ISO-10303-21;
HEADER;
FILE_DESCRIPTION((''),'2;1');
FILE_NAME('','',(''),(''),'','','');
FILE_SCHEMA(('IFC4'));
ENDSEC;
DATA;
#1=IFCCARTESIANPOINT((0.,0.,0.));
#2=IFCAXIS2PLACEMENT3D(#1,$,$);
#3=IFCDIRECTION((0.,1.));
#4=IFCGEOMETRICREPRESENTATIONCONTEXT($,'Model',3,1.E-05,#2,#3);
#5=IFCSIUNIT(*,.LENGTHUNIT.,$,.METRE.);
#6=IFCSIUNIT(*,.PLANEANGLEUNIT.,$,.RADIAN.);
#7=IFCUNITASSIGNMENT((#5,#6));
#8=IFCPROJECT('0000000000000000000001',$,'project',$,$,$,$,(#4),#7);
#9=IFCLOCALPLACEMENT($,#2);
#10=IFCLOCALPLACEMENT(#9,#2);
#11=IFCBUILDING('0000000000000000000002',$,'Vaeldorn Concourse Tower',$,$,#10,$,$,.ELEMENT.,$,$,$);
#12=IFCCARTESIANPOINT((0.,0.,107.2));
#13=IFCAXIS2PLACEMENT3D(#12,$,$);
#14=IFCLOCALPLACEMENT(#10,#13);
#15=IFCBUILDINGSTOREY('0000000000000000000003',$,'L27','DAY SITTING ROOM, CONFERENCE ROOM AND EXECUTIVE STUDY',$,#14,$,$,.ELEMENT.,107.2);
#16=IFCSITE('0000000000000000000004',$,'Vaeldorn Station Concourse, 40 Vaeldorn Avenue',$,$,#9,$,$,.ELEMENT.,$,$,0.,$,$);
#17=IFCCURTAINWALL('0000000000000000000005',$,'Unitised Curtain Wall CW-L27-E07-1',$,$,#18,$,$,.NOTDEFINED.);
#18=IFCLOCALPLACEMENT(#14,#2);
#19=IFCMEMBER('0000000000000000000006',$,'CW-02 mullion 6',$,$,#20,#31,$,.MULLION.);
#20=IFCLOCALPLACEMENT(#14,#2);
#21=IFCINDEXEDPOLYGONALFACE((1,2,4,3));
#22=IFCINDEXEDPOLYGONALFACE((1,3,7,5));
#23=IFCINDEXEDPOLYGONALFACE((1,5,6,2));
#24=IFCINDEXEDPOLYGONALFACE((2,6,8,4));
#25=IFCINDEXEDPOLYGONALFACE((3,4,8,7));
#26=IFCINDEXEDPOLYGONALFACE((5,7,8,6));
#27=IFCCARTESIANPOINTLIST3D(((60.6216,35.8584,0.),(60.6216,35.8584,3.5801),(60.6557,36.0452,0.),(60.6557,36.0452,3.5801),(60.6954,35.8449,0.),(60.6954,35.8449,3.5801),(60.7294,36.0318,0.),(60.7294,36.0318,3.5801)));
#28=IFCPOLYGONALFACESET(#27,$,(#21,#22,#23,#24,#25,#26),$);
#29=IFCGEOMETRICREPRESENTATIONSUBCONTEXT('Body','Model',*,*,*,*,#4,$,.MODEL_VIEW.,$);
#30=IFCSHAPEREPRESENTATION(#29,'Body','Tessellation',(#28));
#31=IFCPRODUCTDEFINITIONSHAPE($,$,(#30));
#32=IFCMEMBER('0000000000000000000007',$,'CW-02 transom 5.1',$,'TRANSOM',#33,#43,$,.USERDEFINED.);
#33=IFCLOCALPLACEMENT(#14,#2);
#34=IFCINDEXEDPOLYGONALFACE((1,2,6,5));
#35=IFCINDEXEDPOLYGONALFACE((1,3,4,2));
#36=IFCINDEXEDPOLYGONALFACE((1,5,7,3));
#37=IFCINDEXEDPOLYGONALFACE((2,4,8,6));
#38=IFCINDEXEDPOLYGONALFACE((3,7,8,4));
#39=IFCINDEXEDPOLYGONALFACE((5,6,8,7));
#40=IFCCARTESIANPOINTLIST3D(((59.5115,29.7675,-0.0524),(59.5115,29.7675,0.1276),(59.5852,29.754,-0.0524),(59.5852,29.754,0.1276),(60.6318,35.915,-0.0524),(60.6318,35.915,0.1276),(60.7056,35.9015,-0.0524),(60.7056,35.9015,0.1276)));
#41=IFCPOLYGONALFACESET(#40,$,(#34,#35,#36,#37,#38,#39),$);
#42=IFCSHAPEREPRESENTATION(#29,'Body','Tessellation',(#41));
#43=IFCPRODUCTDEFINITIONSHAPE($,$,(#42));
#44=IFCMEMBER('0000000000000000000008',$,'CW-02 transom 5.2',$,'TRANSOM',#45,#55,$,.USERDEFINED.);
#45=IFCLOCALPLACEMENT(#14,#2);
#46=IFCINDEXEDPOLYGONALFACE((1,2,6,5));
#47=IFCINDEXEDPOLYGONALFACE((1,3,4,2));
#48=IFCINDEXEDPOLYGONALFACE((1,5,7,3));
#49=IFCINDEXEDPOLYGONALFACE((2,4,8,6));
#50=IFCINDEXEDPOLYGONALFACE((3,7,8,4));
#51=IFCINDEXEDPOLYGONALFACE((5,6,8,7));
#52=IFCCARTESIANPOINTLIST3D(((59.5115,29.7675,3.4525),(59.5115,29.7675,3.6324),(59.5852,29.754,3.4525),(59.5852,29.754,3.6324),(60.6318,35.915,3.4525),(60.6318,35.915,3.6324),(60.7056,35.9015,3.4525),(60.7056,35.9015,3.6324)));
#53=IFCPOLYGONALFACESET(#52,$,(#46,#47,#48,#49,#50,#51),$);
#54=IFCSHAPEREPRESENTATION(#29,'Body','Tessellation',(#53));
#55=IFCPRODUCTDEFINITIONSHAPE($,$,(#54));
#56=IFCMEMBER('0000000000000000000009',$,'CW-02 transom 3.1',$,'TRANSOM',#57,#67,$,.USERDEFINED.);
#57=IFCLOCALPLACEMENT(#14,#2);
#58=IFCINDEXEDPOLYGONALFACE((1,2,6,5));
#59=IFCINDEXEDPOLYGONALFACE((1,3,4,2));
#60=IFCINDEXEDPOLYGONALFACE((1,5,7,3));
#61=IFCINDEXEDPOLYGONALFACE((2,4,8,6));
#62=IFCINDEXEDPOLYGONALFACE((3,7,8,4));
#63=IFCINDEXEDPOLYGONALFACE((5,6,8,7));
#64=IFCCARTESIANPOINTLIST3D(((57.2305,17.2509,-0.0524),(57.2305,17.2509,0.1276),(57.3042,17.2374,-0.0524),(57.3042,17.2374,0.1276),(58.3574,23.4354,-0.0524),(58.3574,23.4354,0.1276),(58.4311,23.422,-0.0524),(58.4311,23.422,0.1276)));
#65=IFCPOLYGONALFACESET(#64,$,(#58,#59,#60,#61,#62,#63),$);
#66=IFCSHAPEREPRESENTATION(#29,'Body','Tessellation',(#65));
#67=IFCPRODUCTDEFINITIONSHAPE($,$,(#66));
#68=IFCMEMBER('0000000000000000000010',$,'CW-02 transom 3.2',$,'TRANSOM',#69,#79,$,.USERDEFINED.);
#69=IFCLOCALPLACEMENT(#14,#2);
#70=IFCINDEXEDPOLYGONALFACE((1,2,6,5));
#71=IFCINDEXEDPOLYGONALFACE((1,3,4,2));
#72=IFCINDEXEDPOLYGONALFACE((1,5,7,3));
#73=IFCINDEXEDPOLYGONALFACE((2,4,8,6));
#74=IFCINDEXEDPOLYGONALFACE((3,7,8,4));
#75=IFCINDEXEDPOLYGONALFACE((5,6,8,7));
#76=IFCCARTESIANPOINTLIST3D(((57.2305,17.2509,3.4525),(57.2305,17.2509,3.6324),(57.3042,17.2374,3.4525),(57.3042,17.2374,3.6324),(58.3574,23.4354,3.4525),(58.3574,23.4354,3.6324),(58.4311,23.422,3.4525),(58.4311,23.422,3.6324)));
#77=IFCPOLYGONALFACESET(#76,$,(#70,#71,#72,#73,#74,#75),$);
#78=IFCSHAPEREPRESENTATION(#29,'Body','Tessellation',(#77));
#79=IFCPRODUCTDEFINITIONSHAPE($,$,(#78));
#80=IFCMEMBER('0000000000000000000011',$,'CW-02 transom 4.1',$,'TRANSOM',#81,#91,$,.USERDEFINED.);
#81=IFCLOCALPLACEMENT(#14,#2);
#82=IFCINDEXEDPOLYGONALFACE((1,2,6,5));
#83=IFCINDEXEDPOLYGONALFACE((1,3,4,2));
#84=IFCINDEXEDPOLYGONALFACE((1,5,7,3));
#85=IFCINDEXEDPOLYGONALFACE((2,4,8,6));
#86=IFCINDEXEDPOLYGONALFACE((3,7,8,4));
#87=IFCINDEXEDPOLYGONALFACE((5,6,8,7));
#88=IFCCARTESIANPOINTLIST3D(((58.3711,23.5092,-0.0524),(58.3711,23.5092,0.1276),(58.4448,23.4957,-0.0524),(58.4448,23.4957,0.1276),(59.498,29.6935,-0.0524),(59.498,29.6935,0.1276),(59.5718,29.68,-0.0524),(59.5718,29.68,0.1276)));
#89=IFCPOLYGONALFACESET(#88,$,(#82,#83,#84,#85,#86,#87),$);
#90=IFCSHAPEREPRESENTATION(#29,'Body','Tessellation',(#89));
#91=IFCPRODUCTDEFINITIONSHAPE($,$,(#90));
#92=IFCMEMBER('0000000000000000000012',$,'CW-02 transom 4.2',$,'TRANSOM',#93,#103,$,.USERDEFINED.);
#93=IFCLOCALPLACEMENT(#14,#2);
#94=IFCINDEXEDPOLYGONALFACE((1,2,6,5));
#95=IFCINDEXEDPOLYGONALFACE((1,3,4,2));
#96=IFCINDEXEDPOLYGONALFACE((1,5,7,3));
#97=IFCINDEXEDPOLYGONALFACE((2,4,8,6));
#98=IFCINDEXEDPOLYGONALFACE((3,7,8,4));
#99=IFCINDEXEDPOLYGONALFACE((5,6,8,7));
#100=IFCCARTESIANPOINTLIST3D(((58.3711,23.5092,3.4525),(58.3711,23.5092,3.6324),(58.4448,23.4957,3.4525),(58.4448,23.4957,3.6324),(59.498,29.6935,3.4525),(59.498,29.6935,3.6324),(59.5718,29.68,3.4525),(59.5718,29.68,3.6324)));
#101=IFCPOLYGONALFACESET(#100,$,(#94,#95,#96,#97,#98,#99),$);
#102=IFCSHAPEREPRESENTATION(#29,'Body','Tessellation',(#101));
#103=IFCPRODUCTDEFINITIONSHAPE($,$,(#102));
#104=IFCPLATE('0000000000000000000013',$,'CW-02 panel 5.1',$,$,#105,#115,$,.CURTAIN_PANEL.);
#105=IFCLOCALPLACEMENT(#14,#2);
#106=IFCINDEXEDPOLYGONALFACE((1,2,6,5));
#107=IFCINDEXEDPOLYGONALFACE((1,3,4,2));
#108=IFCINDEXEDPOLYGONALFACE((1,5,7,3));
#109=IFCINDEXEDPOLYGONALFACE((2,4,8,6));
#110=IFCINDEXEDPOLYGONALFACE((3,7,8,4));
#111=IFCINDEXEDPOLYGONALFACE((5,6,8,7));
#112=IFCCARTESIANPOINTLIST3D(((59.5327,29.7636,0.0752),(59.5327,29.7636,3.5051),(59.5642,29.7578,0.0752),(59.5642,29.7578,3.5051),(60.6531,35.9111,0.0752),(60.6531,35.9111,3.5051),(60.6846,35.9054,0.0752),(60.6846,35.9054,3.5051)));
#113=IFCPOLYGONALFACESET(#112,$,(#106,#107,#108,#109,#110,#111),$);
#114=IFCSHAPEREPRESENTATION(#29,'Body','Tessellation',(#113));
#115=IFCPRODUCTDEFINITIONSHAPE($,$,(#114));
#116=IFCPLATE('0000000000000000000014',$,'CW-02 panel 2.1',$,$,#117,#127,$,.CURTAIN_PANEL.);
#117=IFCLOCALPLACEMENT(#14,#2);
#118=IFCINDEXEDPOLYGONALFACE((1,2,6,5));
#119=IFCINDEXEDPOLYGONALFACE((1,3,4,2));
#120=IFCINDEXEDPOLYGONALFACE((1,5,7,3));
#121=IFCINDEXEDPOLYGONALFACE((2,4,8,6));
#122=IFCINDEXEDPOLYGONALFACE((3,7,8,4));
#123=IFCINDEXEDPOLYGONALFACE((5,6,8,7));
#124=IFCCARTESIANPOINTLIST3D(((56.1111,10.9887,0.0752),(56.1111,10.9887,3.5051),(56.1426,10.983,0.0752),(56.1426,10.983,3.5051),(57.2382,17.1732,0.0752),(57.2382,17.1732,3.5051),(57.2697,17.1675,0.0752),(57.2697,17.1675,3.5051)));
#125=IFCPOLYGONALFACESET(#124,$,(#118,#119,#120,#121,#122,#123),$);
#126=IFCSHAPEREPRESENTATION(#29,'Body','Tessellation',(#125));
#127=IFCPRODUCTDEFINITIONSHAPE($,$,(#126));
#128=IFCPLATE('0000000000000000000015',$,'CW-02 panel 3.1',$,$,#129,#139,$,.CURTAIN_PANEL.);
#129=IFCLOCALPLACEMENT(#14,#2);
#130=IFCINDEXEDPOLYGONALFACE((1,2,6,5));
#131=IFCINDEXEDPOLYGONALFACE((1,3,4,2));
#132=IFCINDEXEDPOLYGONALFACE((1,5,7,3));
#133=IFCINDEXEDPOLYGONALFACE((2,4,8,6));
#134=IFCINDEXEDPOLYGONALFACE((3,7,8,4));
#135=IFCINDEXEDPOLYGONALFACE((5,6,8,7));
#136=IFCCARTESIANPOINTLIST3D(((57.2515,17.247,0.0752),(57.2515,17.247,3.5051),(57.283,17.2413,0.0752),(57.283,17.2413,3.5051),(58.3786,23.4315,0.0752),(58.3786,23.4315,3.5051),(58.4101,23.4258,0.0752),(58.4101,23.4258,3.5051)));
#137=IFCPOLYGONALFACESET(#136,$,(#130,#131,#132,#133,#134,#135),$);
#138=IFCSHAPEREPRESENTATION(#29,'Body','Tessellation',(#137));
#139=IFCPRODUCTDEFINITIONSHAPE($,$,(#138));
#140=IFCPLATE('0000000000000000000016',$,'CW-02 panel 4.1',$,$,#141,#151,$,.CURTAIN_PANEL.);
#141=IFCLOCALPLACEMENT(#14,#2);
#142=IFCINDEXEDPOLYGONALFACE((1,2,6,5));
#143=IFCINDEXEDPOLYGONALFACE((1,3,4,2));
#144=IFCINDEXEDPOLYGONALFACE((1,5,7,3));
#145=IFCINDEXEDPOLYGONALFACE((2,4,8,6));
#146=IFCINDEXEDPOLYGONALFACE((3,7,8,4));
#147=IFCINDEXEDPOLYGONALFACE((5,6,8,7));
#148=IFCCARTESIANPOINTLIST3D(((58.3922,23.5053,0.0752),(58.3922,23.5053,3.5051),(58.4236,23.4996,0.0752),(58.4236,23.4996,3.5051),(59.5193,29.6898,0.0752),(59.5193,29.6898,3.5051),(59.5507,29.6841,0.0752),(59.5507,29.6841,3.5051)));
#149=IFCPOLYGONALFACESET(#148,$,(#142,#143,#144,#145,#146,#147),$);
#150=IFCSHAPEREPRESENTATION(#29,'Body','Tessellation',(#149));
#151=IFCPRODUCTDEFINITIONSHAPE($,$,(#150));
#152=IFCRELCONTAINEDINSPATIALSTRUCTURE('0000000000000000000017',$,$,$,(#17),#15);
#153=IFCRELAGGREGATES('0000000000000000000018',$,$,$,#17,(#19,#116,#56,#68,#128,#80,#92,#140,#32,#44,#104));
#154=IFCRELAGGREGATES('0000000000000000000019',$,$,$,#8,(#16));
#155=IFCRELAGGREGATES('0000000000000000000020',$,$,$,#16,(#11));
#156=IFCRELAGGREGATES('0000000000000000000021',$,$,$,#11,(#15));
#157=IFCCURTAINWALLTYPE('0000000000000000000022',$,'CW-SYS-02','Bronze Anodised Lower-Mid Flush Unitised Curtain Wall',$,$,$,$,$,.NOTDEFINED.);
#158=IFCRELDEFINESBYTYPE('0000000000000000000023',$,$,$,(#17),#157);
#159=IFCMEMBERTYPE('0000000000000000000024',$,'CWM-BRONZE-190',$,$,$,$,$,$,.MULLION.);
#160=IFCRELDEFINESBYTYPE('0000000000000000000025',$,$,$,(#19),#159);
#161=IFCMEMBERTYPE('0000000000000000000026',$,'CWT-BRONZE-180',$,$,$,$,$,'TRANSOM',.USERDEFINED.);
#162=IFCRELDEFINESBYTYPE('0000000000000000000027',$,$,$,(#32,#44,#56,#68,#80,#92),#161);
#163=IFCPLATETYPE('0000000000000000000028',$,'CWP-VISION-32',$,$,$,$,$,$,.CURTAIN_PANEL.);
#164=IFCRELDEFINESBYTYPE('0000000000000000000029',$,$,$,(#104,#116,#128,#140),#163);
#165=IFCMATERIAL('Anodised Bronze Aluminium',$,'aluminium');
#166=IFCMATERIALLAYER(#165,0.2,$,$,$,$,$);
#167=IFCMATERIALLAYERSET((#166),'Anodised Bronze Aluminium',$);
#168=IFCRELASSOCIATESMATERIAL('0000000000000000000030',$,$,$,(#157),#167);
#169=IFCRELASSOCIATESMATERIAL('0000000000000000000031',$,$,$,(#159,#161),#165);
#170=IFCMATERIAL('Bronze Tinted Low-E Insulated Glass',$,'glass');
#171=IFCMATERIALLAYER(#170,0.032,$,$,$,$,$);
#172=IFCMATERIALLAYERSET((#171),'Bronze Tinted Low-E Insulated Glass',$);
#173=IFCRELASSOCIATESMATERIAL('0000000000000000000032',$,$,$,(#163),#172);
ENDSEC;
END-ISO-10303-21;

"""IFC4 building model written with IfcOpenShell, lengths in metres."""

from ifc_helpers import new_model, si_unit, direction, frame, origin, origin_2d, place, context, subcontext, project, spatial, rectangle, extrude, source, transform, mapped, material, layer, layer_set, material_profile, profile_set, type_object, element, aggregate, save


model = new_model("IFC4")

# Units and contexts
model_context = context("Model", 3, precision=1e-05, world=origin(), true_north=direction((0.0, 1.0)))
body_context = subcontext(model_context, "Body", "Model", "MODEL_VIEW")
ifc_project = project(units=[si_unit("LENGTHUNIT", "METRE"), si_unit("PLANEANGLEUNIT", "RADIAN")], contexts=[model_context])

# Site, building, storey
site_placement = place(None, origin())
site = spatial("IfcSite", under=ifc_project, at=site_placement, Name="Vaeldorn Station Concourse, 40 Vaeldorn Avenue", CompositionType="ELEMENT", RefElevation=0.0)
building_placement = place(site_placement, origin())
building = spatial("IfcBuilding", under=site, at=building_placement, Name="Vaeldorn Concourse Tower", CompositionType="ELEMENT")
storey_placement = place(building_placement, frame((0.0, 0.0, 107.2)))
storey = spatial("IfcBuildingStorey", under=building, at=storey_placement, Name="L27", Description="DAY SITTING ROOM, CONFERENCE ROOM AND EXECUTIVE STUDY", CompositionType="ELEMENT", Elevation=107.2)

# Curtain wall, members, plates
ifc_material_1 = material(Name="Anodised Bronze Aluminium", Category="aluminium")
ifc_layer_1 = layer(ifc_material_1, 0.2)
ifc_layer_set_1 = layer_set([ifc_layer_1], Name="Anodised Bronze Aluminium")
curtain_wall_type = type_object("IfcCurtainWallType", Name="CW-SYS-02", Description="Bronze Anodised Lower-Mid Flush Unitised Curtain Wall", PredefinedType="NOTDEFINED", material=ifc_layer_set_1)
curtain_wall_placement = place(storey_placement, origin())
curtain_wall = element("IfcCurtainWall", 1, at=curtain_wall_placement, inside=storey, type_object=curtain_wall_type, Name="Unitised Curtain Wall CW-L27-E07-1", PredefinedType="NOTDEFINED")
ifc_material_profile_1 = material_profile(ifc_material_1, rectangle(XDim=0.075, YDim=0.1899, at=origin_2d()), Name="CWM 75x190")
ifc_profile_set_1 = profile_set([ifc_material_profile_1], Name="Anodised Bronze Aluminium")
member_type_1 = type_object("IfcMemberType", Name="CWM-BRONZE-190", PredefinedType="MULLION", material=ifc_profile_set_1)
shared_shape_1 = source(origin(), body_context, "Body", "SweptSolid", [
    extrude(rectangle(XDim=0.075, YDim=0.1899, at=origin_2d()), origin(), (0.0, 0.0, 1.0), 3.5801),
])
member_1_placement = place(storey_placement, frame((60.6755, 35.9451, 0.0), z_axis=(0.0, 0.0, 1.0), x_axis=(-0.983796, 0.179293, 0.0)))
member_1 = element("IfcMember", 2, at=member_1_placement, type_object=member_type_1, Name="CW-02 mullion 6", PredefinedType="MULLION", context=body_context, shape_type="MappedRepresentation", body=[
    mapped(shared_shape_1, transform((0.0, 0.0, 0.0), scale=1.0)),
])
ifc_material_profile_2 = material_profile(ifc_material_1, rectangle(XDim=0.075, YDim=0.1799, at=origin_2d()), Name="CWT 75x180")
ifc_profile_set_2 = profile_set([ifc_material_profile_2], Name="Anodised Bronze Aluminium")
member_type_2 = type_object("IfcMemberType", Name="CWT-BRONZE-180", ElementType="TRANSOM", PredefinedType="USERDEFINED", material=ifc_profile_set_2)
shared_shape_2 = source(origin(), body_context, "Body", "SweptSolid", [
    extrude(rectangle(XDim=0.075, YDim=0.1799, at=origin_2d()), origin(), (0.0, 0.0, 1.0), 6.2488),
])
member_2_placement = place(storey_placement, frame((59.5483, 29.7607, 0.0376), z_axis=(0.179295, 0.983795, 0.0), x_axis=(-0.983795, 0.179295, 0.0)))
member_2 = element("IfcMember", 3, at=member_2_placement, type_object=member_type_2, Name="CW-02 transom 5.1", ObjectType="TRANSOM", PredefinedType="USERDEFINED", context=body_context, shape_type="MappedRepresentation", body=[
    mapped(shared_shape_2, transform((0.0, 0.0, 0.0), scale=1.0)),
])
member_3_placement = place(storey_placement, frame((59.5483, 29.7607, 3.5425), z_axis=(0.179295, 0.983795, 0.0), x_axis=(-0.983795, 0.179295, 0.0)))
member_3 = element("IfcMember", 4, at=member_3_placement, type_object=member_type_2, Name="CW-02 transom 5.2", ObjectType="TRANSOM", PredefinedType="USERDEFINED", context=body_context, shape_type="MappedRepresentation", body=[
    mapped(shared_shape_2, transform((0.0, 0.0, 0.0), scale=1.0)),
])
shared_shape_3 = source(origin(), body_context, "Body", "SweptSolid", [
    extrude(rectangle(XDim=0.075, YDim=0.1799, at=origin_2d()), origin(), (0.0, 0.0, 1.0), 6.2864),
])
member_4_placement = place(storey_placement, frame((57.2673, 17.2441, 0.0376), z_axis=(0.179268, 0.9838, 0.0), x_axis=(-0.9838, 0.179268, 0.0)))
member_4 = element("IfcMember", 5, at=member_4_placement, type_object=member_type_2, Name="CW-02 transom 3.1", ObjectType="TRANSOM", PredefinedType="USERDEFINED", context=body_context, shape_type="MappedRepresentation", body=[
    mapped(shared_shape_3, transform((0.0, 0.0, 0.0), scale=1.0)),
])
member_5_placement = place(storey_placement, frame((57.2673, 17.2441, 3.5425), z_axis=(0.179268, 0.9838, 0.0), x_axis=(-0.9838, 0.179268, 0.0)))
member_5 = element("IfcMember", 6, at=member_5_placement, type_object=member_type_2, Name="CW-02 transom 3.2", ObjectType="TRANSOM", PredefinedType="USERDEFINED", context=body_context, shape_type="MappedRepresentation", body=[
    mapped(shared_shape_3, transform((0.0, 0.0, 0.0), scale=1.0)),
])
shared_shape_4 = source(origin(), body_context, "Body", "SweptSolid", [
    extrude(rectangle(XDim=0.075, YDim=0.1799, at=origin_2d()), origin(), (0.0, 0.0, 1.0), 6.2861),
])
member_6_placement = place(storey_placement, frame((58.408, 23.5024, 0.0376), z_axis=(0.179275, 0.983799, 0.0), x_axis=(-0.983799, 0.179275, 0.0)))
member_6 = element("IfcMember", 7, at=member_6_placement, type_object=member_type_2, Name="CW-02 transom 4.1", ObjectType="TRANSOM", PredefinedType="USERDEFINED", context=body_context, shape_type="MappedRepresentation", body=[
    mapped(shared_shape_4, transform((0.0, 0.0, 0.0), scale=1.0)),
])
member_7_placement = place(storey_placement, frame((58.408, 23.5024, 3.5425), z_axis=(0.179275, 0.983799, 0.0), x_axis=(-0.983799, 0.179275, 0.0)))
member_7 = element("IfcMember", 8, at=member_7_placement, type_object=member_type_2, Name="CW-02 transom 4.2", ObjectType="TRANSOM", PredefinedType="USERDEFINED", context=body_context, shape_type="MappedRepresentation", body=[
    mapped(shared_shape_4, transform((0.0, 0.0, 0.0), scale=1.0)),
])
ifc_material_2 = material(Name="Bronze Tinted Low-E Insulated Glass", Category="glass")
ifc_layer_2 = layer(ifc_material_2, 0.032)
ifc_layer_set_2 = layer_set([ifc_layer_2], Name="Bronze Tinted Low-E Insulated Glass")
plate_type = type_object("IfcPlateType", Name="CWP-VISION-32", PredefinedType="CURTAIN_PANEL", material=ifc_layer_set_2)
shared_shape_5 = source(origin(), body_context, "Body", "SweptSolid", [
    extrude(rectangle(XDim=6.2488, YDim=0.032, at=origin_2d()), origin(), (0.0, 0.0, 1.0), 3.4299),
])
plate_1_placement = place(storey_placement, frame((60.1086, 32.8345, 0.0752), z_axis=(0.0, 0.0, 1.0), x_axis=(0.179293, 0.983796, 0.0)))
plate_1 = element("IfcPlate", 9, at=plate_1_placement, type_object=plate_type, Name="CW-02 panel 5.1", PredefinedType="CURTAIN_PANEL", context=body_context, shape_type="MappedRepresentation", body=[
    mapped(shared_shape_5, transform((0.0, 0.0, 0.0), scale=1.0)),
])
shared_shape_6 = source(origin(), body_context, "Body", "SweptSolid", [
    extrude(rectangle(XDim=6.2864, YDim=0.032, at=origin_2d()), origin(), (0.0, 0.0, 1.0), 3.4299),
])
plate_2_placement = place(storey_placement, frame((56.6904, 14.0781, 0.0752), z_axis=(0.0, 0.0, 1.0), x_axis=(0.179293, 0.983796, 0.0)))
plate_2 = element("IfcPlate", 10, at=plate_2_placement, type_object=plate_type, Name="CW-02 panel 2.1", PredefinedType="CURTAIN_PANEL", context=body_context, shape_type="MappedRepresentation", body=[
    mapped(shared_shape_6, transform((0.0, 0.0, 0.0), scale=1.0)),
])
plate_3_placement = place(storey_placement, frame((57.8308, 20.3364, 0.0752), z_axis=(0.0, 0.0, 1.0), x_axis=(0.179293, 0.983796, 0.0)))
plate_3 = element("IfcPlate", 11, at=plate_3_placement, type_object=plate_type, Name="CW-02 panel 3.1", PredefinedType="CURTAIN_PANEL", context=body_context, shape_type="MappedRepresentation", body=[
    mapped(shared_shape_6, transform((0.0, 0.0, 0.0), scale=1.0)),
])
plate_4_placement = place(storey_placement, frame((58.9714, 26.5947, 0.0752), z_axis=(0.0, 0.0, 1.0), x_axis=(0.179293, 0.983796, 0.0)))
plate_4 = element("IfcPlate", 12, at=plate_4_placement, type_object=plate_type, Name="CW-02 panel 4.1", PredefinedType="CURTAIN_PANEL", context=body_context, shape_type="MappedRepresentation", body=[
    mapped(shared_shape_6, transform((0.0, 0.0, 0.0), scale=1.0)),
])
aggregate(curtain_wall, [member_1, plate_2, member_4, member_5, plate_3, member_6, member_7, plate_4, member_2, member_3, plate_1])

save(model, "model.ifc")
